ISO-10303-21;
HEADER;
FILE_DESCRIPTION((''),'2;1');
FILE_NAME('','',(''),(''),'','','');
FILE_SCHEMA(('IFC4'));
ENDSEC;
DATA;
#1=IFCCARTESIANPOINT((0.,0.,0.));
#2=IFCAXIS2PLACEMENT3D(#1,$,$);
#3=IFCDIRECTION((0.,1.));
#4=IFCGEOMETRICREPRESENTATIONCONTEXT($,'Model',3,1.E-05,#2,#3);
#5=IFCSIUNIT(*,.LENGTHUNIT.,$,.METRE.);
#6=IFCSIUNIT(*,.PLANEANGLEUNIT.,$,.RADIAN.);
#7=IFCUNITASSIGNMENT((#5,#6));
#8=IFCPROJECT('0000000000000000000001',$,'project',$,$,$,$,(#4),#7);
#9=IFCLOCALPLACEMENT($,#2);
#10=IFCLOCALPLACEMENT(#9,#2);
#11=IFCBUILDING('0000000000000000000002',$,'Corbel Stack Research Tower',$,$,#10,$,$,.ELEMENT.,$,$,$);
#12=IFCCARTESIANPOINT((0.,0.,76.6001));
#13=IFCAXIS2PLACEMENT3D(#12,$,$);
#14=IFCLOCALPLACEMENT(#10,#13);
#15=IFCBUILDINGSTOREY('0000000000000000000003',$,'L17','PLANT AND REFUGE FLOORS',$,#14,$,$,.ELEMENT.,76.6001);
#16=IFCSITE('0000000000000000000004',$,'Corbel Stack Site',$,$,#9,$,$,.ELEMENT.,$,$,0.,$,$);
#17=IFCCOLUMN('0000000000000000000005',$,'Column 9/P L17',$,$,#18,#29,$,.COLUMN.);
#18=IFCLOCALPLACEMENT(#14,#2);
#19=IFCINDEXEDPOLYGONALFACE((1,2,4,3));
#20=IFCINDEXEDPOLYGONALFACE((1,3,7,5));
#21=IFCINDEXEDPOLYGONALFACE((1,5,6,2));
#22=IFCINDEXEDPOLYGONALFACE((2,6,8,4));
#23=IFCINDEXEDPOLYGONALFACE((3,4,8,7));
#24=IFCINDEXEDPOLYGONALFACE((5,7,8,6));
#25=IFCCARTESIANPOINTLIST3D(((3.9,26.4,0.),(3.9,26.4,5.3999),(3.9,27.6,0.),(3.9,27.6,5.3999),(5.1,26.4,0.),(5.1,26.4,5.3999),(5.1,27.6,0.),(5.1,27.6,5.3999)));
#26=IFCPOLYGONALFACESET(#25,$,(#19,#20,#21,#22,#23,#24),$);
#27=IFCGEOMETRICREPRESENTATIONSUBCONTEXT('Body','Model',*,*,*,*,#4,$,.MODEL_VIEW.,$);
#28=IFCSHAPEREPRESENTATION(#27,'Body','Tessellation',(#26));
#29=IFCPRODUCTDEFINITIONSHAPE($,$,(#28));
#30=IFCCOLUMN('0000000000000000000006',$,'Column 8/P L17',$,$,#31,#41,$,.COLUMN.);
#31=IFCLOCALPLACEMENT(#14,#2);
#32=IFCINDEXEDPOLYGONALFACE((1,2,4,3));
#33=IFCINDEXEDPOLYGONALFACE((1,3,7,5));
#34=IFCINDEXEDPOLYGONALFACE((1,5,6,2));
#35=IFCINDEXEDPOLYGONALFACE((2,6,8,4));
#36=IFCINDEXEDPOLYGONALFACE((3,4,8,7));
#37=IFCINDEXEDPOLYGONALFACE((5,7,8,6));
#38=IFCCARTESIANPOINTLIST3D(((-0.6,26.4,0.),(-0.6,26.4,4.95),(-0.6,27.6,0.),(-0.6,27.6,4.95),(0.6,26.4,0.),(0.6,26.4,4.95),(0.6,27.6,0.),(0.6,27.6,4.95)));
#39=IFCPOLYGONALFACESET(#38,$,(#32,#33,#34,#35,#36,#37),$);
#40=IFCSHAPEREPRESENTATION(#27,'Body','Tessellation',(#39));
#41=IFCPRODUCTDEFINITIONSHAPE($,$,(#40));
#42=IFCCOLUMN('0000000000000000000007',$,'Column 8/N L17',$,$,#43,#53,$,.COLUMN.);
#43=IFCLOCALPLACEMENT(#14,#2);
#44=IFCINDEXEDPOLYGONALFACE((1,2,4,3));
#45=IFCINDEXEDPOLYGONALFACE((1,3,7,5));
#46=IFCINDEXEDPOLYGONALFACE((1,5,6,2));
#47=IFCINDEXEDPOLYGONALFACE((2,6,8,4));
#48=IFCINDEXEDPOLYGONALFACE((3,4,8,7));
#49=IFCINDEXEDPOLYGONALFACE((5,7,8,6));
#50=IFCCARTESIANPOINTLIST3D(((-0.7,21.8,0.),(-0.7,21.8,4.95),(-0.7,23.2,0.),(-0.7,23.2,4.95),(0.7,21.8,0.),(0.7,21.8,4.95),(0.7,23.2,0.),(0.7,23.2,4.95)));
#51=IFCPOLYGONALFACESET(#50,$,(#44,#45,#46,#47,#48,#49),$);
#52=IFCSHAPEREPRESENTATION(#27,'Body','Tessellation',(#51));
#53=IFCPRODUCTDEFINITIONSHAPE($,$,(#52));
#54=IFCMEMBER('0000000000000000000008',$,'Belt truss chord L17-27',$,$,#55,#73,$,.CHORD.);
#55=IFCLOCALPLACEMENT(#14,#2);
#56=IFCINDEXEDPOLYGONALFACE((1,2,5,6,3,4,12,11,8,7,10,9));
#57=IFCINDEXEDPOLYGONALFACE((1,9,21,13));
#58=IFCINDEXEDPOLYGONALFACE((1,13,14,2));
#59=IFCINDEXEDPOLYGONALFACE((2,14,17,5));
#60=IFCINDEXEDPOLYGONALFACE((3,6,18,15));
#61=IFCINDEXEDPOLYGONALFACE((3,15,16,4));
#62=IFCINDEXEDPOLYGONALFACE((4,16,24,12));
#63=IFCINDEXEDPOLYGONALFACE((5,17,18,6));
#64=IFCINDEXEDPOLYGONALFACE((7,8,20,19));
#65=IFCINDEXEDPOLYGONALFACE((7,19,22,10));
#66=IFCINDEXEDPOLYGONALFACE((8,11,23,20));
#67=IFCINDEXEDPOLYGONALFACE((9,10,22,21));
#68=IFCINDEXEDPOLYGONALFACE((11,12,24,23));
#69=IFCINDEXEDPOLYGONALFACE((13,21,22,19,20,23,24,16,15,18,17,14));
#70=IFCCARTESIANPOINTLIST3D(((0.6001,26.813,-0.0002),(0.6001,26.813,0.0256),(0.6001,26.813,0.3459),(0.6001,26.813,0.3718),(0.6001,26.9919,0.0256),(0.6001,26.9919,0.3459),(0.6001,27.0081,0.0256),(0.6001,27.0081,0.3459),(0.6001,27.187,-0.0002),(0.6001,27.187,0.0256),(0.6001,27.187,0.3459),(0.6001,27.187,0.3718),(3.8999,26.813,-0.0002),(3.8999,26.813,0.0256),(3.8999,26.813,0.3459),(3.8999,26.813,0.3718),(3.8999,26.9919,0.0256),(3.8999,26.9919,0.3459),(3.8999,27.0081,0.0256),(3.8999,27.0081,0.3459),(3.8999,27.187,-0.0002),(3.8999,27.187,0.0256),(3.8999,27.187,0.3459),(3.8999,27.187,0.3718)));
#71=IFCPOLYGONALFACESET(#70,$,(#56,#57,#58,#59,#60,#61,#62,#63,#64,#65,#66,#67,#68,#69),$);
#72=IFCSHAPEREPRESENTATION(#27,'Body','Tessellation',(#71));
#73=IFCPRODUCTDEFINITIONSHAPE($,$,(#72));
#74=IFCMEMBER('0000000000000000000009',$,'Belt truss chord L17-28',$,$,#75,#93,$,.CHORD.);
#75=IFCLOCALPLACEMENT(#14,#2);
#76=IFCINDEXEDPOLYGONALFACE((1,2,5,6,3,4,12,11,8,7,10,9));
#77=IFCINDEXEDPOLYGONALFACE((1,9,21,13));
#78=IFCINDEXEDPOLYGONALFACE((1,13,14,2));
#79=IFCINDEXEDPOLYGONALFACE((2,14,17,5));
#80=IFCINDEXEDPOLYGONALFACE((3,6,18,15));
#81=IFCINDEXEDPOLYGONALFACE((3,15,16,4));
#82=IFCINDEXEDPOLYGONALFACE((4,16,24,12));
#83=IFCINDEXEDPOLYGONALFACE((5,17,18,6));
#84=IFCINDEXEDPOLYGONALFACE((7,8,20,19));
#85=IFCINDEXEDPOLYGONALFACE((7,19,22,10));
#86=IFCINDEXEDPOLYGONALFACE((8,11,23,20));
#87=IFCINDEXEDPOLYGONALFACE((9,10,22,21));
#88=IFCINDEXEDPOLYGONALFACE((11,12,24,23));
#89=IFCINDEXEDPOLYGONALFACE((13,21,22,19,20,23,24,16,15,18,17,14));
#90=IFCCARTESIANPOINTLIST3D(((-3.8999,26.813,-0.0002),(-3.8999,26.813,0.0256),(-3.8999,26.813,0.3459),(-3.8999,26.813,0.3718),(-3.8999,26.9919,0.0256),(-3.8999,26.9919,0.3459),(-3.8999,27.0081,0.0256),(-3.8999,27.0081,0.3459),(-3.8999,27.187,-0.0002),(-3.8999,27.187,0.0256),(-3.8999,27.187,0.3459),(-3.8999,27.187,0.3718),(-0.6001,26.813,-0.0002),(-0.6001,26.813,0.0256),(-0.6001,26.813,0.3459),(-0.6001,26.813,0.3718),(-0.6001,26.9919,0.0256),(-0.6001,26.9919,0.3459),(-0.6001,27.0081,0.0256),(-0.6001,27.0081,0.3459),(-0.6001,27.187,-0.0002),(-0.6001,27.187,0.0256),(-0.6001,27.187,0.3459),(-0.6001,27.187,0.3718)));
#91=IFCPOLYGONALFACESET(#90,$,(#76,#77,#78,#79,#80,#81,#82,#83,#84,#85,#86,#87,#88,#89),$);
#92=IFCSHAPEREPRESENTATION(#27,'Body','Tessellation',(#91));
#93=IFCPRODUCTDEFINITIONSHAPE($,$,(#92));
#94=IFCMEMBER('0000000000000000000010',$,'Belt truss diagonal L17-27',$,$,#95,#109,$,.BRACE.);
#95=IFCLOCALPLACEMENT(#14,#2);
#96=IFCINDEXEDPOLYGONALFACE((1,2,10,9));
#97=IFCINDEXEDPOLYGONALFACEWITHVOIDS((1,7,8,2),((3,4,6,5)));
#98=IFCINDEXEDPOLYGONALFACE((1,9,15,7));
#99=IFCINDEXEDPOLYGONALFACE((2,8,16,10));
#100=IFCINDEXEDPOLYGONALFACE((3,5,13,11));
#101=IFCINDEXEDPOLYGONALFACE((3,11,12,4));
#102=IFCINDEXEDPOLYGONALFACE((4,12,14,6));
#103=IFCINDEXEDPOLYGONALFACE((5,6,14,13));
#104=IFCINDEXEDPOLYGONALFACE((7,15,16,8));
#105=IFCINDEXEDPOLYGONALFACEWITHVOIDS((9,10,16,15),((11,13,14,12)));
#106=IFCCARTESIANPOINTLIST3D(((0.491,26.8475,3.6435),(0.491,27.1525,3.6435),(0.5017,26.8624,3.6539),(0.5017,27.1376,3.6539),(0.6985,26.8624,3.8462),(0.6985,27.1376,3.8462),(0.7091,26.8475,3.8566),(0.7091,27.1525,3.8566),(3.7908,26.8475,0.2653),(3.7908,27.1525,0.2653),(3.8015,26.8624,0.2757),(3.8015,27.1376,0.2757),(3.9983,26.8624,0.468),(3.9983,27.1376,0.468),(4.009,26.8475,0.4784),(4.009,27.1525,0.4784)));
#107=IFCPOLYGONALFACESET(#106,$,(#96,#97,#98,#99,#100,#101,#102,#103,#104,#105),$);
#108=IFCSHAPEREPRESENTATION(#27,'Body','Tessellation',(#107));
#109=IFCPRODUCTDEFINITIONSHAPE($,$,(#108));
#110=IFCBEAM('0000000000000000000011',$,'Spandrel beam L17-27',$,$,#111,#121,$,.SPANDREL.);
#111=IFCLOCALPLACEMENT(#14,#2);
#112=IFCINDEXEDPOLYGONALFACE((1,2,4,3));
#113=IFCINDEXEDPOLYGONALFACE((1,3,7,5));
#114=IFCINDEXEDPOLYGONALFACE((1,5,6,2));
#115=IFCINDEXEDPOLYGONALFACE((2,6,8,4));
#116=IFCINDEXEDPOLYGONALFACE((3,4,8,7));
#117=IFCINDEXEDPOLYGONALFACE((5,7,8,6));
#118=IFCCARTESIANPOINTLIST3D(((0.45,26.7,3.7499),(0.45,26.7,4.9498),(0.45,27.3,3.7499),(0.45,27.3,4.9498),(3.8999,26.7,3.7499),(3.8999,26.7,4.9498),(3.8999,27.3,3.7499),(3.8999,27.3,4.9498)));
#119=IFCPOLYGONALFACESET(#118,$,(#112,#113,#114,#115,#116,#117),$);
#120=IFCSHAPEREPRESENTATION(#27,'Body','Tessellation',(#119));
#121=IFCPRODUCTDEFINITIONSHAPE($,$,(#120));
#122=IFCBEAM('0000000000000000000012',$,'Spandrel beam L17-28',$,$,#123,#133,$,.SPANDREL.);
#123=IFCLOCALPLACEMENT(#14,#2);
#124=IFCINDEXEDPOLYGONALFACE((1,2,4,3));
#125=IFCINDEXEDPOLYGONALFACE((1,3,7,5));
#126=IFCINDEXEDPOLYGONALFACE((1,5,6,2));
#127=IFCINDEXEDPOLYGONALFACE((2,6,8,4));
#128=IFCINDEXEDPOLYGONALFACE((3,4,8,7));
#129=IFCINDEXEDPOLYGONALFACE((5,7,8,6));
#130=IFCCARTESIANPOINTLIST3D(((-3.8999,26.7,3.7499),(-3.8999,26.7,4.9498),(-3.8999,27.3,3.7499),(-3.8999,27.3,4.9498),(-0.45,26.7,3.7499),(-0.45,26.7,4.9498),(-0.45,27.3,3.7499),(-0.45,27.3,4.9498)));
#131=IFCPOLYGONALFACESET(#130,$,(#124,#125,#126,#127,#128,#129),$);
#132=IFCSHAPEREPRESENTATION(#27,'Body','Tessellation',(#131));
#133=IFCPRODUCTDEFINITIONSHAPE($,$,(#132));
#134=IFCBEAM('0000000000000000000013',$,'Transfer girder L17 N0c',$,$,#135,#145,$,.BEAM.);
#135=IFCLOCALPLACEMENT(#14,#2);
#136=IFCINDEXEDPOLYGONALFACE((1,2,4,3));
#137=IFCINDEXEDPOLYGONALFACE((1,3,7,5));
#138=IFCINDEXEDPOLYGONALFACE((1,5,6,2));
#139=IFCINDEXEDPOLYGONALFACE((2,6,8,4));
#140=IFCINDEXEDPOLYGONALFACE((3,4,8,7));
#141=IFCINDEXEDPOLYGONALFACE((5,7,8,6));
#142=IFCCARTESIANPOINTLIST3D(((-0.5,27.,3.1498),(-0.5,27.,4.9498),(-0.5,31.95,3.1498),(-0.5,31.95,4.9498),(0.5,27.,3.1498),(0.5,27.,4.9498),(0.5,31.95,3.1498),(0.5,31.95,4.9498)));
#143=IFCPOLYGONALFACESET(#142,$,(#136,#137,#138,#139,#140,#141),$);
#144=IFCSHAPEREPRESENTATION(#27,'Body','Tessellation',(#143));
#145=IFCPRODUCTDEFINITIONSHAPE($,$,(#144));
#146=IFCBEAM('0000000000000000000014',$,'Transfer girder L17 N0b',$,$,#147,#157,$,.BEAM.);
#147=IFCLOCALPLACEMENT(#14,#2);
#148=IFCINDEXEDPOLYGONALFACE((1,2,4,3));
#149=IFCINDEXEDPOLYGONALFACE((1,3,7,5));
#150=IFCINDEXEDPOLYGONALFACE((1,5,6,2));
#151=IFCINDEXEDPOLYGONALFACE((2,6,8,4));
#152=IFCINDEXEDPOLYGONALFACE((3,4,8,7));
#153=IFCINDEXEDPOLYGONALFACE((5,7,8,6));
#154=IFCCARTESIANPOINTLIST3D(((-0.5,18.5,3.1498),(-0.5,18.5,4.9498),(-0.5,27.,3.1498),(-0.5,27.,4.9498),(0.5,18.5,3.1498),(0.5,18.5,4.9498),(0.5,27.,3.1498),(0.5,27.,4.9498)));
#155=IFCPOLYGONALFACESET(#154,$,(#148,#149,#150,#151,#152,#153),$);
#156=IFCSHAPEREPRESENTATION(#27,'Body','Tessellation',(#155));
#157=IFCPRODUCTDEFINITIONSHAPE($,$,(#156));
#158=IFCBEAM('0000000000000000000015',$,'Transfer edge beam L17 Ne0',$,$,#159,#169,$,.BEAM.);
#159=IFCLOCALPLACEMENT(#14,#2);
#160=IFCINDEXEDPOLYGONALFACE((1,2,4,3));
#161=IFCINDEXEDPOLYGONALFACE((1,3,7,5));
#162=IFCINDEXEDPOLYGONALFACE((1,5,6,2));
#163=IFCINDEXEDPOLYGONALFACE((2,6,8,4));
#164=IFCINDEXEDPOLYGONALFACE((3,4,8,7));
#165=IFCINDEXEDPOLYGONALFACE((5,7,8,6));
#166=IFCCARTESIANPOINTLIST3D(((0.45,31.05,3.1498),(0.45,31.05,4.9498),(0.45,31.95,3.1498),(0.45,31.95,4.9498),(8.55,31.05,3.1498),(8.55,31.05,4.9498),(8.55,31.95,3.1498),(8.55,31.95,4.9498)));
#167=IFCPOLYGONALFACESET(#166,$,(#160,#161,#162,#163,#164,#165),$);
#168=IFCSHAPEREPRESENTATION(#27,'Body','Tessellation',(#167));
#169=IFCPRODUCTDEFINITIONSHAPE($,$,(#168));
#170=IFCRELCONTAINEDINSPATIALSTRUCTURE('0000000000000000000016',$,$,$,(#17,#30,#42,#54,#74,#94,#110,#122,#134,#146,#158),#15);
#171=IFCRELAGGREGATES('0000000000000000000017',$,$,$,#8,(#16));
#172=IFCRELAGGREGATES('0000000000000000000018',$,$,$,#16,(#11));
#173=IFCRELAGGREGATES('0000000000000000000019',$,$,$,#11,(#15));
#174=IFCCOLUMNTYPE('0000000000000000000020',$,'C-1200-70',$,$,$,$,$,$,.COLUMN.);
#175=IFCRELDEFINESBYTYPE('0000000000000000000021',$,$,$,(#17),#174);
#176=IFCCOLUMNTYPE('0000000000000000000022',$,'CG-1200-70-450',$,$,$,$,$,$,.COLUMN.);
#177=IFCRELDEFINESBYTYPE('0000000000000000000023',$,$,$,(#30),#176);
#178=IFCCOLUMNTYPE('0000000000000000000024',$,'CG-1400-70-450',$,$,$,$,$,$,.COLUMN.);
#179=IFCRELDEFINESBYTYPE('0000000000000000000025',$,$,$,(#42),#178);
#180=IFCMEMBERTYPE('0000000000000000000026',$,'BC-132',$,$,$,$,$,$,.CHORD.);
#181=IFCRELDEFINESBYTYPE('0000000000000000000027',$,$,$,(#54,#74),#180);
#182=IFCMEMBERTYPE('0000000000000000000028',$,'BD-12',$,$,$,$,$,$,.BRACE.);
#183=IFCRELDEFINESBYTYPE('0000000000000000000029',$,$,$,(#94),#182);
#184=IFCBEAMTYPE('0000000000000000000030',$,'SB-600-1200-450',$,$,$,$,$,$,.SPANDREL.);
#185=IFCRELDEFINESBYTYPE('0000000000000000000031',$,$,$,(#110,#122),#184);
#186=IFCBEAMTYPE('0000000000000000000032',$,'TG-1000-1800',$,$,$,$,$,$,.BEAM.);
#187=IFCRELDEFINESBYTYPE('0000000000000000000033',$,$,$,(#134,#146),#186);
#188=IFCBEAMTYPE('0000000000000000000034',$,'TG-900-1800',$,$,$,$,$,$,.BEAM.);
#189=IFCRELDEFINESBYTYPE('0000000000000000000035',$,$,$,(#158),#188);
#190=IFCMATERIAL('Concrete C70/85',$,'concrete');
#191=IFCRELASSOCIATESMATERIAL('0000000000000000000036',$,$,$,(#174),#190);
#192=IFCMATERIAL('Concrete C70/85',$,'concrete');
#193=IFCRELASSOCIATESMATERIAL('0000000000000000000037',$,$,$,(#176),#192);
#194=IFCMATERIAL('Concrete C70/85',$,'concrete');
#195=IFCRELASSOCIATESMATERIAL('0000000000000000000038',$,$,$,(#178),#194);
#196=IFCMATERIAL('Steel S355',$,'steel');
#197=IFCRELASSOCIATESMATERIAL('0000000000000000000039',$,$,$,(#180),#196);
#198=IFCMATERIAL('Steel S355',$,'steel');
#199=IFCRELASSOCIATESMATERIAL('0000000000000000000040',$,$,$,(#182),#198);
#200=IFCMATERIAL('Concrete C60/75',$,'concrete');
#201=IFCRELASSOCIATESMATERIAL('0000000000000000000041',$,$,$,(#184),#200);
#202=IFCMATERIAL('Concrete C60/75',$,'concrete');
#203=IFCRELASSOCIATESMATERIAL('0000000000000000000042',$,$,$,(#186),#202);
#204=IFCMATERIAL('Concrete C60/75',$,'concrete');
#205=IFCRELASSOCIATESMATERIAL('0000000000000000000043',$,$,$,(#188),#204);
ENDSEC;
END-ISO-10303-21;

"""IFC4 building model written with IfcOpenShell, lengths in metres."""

from ifc_helpers import new_model, si_unit, direction, frame, origin, origin_2d, place, context, subcontext, project, spatial, rectangle, hollow_rectangle, i_section, extrude, material, material_profile, profile_set, type_object, element, save


model = new_model("IFC4")

# Units and contexts
model_context = context("Model", 3, precision=1e-05, world=origin(), true_north=direction((0.0, 1.0)))
body_context = subcontext(model_context, "Body", "Model", "MODEL_VIEW")
ifc_project = project(units=[si_unit("LENGTHUNIT", "METRE"), si_unit("PLANEANGLEUNIT", "RADIAN")], contexts=[model_context])

# Site, building, storey
site_placement = place(None, origin())
site = spatial("IfcSite", under=ifc_project, at=site_placement, Name="Corbel Stack Site", CompositionType="ELEMENT", RefElevation=0.0)
building_placement = place(site_placement, origin())
building = spatial("IfcBuilding", under=site, at=building_placement, Name="Corbel Stack Research Tower", CompositionType="ELEMENT")
storey_placement = place(building_placement, frame((0.0, 0.0, 76.6001)))
storey = spatial("IfcBuildingStorey", under=building, at=storey_placement, Name="L17", Description="PLANT AND REFUGE FLOORS", CompositionType="ELEMENT", Elevation=76.6001)

# Columns
ifc_material_1 = material(Name="Concrete C70/85", Category="concrete")
ifc_material_profile_1 = material_profile(ifc_material_1, rectangle(XDim=1.2, YDim=1.2, at=origin_2d()), Name="RC 1200 x 1200")
ifc_profile_set_1 = profile_set([ifc_material_profile_1], Name="Concrete C70/85")
column_type_1 = type_object("IfcColumnType", Name="C-1200-70", PredefinedType="COLUMN", material=ifc_profile_set_1)
column_1_placement = place(storey_placement, frame((4.5, 27.0, 0.0), z_axis=(0.0, 0.0, 1.0), x_axis=(1.0, 0.0, 0.0)))
element("IfcColumn", 1, at=column_1_placement, inside=storey, type_object=column_type_1, Name="Column 9/P L17", PredefinedType="COLUMN", context=body_context, shape_type="SweptSolid", body=[
    extrude(rectangle(XDim=1.2, YDim=1.2, at=origin_2d()), origin(), (0.0, 0.0, 1.0), 5.3999),
])
ifc_material_2 = material(Name="Concrete C70/85", Category="concrete")
ifc_material_profile_2 = material_profile(ifc_material_2, rectangle(XDim=1.2, YDim=1.2, at=origin_2d()), Name="RC 1200 x 1200")
ifc_profile_set_2 = profile_set([ifc_material_profile_2], Name="Concrete C70/85")
column_type_2 = type_object("IfcColumnType", Name="CG-1200-70-450", PredefinedType="COLUMN", material=ifc_profile_set_2)
column_2_placement = place(storey_placement, frame((0.0, 27.0, 0.0), z_axis=(0.0, 0.0, 1.0), x_axis=(1.0, 0.0, 0.0)))
element("IfcColumn", 2, at=column_2_placement, inside=storey, type_object=column_type_2, Name="Column 8/P L17", PredefinedType="COLUMN", context=body_context, shape_type="SweptSolid", body=[
    extrude(rectangle(XDim=1.2, YDim=1.2, at=origin_2d()), origin(), (0.0, 0.0, 1.0), 4.95),
])
ifc_material_3 = material(Name="Concrete C70/85", Category="concrete")
ifc_material_profile_3 = material_profile(ifc_material_3, rectangle(XDim=1.3999, YDim=1.3999, at=origin_2d()), Name="RC 1400 x 1400")
ifc_profile_set_3 = profile_set([ifc_material_profile_3], Name="Concrete C70/85")
column_type_3 = type_object("IfcColumnType", Name="CG-1400-70-450", PredefinedType="COLUMN", material=ifc_profile_set_3)
column_3_placement = place(storey_placement, frame((0.0, 22.5, 0.0), z_axis=(0.0, 0.0, 1.0), x_axis=(1.0, 0.0, 0.0)))
element("IfcColumn", 3, at=column_3_placement, inside=storey, type_object=column_type_3, Name="Column 8/N L17", PredefinedType="COLUMN", context=body_context, shape_type="SweptSolid", body=[
    extrude(rectangle(XDim=1.3999, YDim=1.3999, at=origin_2d()), origin(), (0.0, 0.0, 1.0), 4.95),
])

# Members
ifc_material_4 = material(Name="Steel S355", Category="steel")
ifc_material_profile_4 = material_profile(ifc_material_4, i_section(OverallWidth=0.374, OverallDepth=0.3721, WebThickness=0.0161, FlangeThickness=0.0259, at=origin_2d()), Name="W14x132")
ifc_profile_set_4 = profile_set([ifc_material_profile_4], Name="Steel S355")
member_type_1 = type_object("IfcMemberType", Name="BC-132", PredefinedType="CHORD", material=ifc_profile_set_4)
for number, where, z_axis, x_axis, name in (
    (4, (3.8999, 27.0, 0.1858), (-1.0, 0.0, 0.0), (0.0, -1.0, 0.0), "Belt truss chord L17-27"),
    (5, (-0.6001, 27.0, 0.1858), (-1.0, 0.0, 0.0), (0.0, -1.0, 0.0), "Belt truss chord L17-28"),
):
    element("IfcMember", number, at=place(storey_placement, frame(where, z_axis=z_axis, x_axis=x_axis)), inside=storey, type_object=member_type_1, Name=name, PredefinedType="CHORD", context=body_context, shape_type="SweptSolid", body=[
        extrude(i_section(OverallWidth=0.374, OverallDepth=0.3721, WebThickness=0.0161, FlangeThickness=0.0259, at=origin_2d()), origin(), (0.0, 0.0, 1.0), 3.2998),
    ])
ifc_material_5 = material(Name="Steel S355", Category="steel")
ifc_material_profile_5 = material_profile(ifc_material_5, hollow_rectangle(XDim=0.3049, YDim=0.3049, WallThickness=0.0149, at=origin_2d()), Name="HSS12x12x5/8")
ifc_profile_set_5 = profile_set([ifc_material_profile_5], Name="Steel S355")
member_type_2 = type_object("IfcMemberType", Name="BD-12", PredefinedType="BRACE", material=ifc_profile_set_5)
member_placement = place(storey_placement, frame((3.8999, 27.0, 0.3718), z_axis=(-0.69876, 0.0, 0.715356), x_axis=(0.0, -1.0, 0.0)))
element("IfcMember", 6, at=member_placement, inside=storey, type_object=member_type_2, Name="Belt truss diagonal L17-27", PredefinedType="BRACE", context=body_context, shape_type="SweptSolid", body=[
    extrude(hollow_rectangle(XDim=0.3049, YDim=0.3049, WallThickness=0.0149, at=origin_2d()), origin(), (0.0, 0.0, 1.0), 4.7224),
])

# Beams
ifc_material_6 = material(Name="Concrete C60/75", Category="concrete")
ifc_material_profile_6 = material_profile(ifc_material_6, rectangle(XDim=0.6001, YDim=1.2, at=origin_2d()), Name="RC 600 x 1200")
ifc_profile_set_6 = profile_set([ifc_material_profile_6], Name="Concrete C60/75")
beam_type_1 = type_object("IfcBeamType", Name="SB-600-1200-450", PredefinedType="SPANDREL", material=ifc_profile_set_6)
for number, where, z_axis, x_axis, name in (
    (7, (3.8999, 27.0, 4.3499), (-1.0, 0.0, 0.0), (0.0, -1.0, 0.0), "Spandrel beam L17-27"),
    (8, (-0.45, 27.0, 4.3499), (-1.0, 0.0, 0.0), (0.0, -1.0, 0.0), "Spandrel beam L17-28"),
):
    element("IfcBeam", number, at=place(storey_placement, frame(where, z_axis=z_axis, x_axis=x_axis)), inside=storey, type_object=beam_type_1, Name=name, PredefinedType="SPANDREL", context=body_context, shape_type="SweptSolid", body=[
        extrude(rectangle(XDim=0.6001, YDim=1.2, at=origin_2d()), origin(), (0.0, 0.0, 1.0), 3.45),
    ])
ifc_material_7 = material(Name="Concrete C60/75", Category="concrete")
ifc_material_profile_7 = material_profile(ifc_material_7, rectangle(XDim=1.0, YDim=1.8, at=origin_2d()), Name="RC 1000 x 1800")
ifc_profile_set_7 = profile_set([ifc_material_profile_7], Name="Concrete C60/75")
beam_type_2 = type_object("IfcBeamType", Name="TG-1000-1800", PredefinedType="BEAM", material=ifc_profile_set_7)
beam_1_placement = place(storey_placement, frame((0.0, 31.95, 4.0498), z_axis=(0.0, -1.0, 0.0), x_axis=(1.0, 0.0, 0.0)))
element("IfcBeam", 9, at=beam_1_placement, inside=storey, type_object=beam_type_2, Name="Transfer girder L17 N0c", PredefinedType="BEAM", context=body_context, shape_type="SweptSolid", body=[
    extrude(rectangle(XDim=1.0, YDim=1.8, at=origin_2d()), origin(), (0.0, 0.0, 1.0), 4.95),
])
beam_2_placement = place(storey_placement, frame((0.0, 27.0, 4.0498), z_axis=(0.0, -1.0, 0.0), x_axis=(1.0, 0.0, 0.0)))
element("IfcBeam", 10, at=beam_2_placement, inside=storey, type_object=beam_type_2, Name="Transfer girder L17 N0b", PredefinedType="BEAM", context=body_context, shape_type="SweptSolid", body=[
    extrude(rectangle(XDim=1.0, YDim=1.8, at=origin_2d()), origin(), (0.0, 0.0, 1.0), 8.5),
])
ifc_material_8 = material(Name="Concrete C60/75", Category="concrete")
ifc_material_profile_8 = material_profile(ifc_material_8, rectangle(XDim=0.8999, YDim=1.8, at=origin_2d()), Name="RC 900 x 1800")
ifc_profile_set_8 = profile_set([ifc_material_profile_8], Name="Concrete C60/75")
beam_type_3 = type_object("IfcBeamType", Name="TG-900-1800", PredefinedType="BEAM", material=ifc_profile_set_8)
beam_3_placement = place(storey_placement, frame((0.45, 31.5, 4.0498), z_axis=(1.0, 0.0, 0.0), x_axis=(0.0, 1.0, 0.0)))
element("IfcBeam", 11, at=beam_3_placement, inside=storey, type_object=beam_type_3, Name="Transfer edge beam L17 Ne0", PredefinedType="BEAM", context=body_context, shape_type="SweptSolid", body=[
    extrude(rectangle(XDim=0.8999, YDim=1.8, at=origin_2d()), origin(), (0.0, 0.0, 1.0), 8.1001),
])

save(model, "model.ifc")
